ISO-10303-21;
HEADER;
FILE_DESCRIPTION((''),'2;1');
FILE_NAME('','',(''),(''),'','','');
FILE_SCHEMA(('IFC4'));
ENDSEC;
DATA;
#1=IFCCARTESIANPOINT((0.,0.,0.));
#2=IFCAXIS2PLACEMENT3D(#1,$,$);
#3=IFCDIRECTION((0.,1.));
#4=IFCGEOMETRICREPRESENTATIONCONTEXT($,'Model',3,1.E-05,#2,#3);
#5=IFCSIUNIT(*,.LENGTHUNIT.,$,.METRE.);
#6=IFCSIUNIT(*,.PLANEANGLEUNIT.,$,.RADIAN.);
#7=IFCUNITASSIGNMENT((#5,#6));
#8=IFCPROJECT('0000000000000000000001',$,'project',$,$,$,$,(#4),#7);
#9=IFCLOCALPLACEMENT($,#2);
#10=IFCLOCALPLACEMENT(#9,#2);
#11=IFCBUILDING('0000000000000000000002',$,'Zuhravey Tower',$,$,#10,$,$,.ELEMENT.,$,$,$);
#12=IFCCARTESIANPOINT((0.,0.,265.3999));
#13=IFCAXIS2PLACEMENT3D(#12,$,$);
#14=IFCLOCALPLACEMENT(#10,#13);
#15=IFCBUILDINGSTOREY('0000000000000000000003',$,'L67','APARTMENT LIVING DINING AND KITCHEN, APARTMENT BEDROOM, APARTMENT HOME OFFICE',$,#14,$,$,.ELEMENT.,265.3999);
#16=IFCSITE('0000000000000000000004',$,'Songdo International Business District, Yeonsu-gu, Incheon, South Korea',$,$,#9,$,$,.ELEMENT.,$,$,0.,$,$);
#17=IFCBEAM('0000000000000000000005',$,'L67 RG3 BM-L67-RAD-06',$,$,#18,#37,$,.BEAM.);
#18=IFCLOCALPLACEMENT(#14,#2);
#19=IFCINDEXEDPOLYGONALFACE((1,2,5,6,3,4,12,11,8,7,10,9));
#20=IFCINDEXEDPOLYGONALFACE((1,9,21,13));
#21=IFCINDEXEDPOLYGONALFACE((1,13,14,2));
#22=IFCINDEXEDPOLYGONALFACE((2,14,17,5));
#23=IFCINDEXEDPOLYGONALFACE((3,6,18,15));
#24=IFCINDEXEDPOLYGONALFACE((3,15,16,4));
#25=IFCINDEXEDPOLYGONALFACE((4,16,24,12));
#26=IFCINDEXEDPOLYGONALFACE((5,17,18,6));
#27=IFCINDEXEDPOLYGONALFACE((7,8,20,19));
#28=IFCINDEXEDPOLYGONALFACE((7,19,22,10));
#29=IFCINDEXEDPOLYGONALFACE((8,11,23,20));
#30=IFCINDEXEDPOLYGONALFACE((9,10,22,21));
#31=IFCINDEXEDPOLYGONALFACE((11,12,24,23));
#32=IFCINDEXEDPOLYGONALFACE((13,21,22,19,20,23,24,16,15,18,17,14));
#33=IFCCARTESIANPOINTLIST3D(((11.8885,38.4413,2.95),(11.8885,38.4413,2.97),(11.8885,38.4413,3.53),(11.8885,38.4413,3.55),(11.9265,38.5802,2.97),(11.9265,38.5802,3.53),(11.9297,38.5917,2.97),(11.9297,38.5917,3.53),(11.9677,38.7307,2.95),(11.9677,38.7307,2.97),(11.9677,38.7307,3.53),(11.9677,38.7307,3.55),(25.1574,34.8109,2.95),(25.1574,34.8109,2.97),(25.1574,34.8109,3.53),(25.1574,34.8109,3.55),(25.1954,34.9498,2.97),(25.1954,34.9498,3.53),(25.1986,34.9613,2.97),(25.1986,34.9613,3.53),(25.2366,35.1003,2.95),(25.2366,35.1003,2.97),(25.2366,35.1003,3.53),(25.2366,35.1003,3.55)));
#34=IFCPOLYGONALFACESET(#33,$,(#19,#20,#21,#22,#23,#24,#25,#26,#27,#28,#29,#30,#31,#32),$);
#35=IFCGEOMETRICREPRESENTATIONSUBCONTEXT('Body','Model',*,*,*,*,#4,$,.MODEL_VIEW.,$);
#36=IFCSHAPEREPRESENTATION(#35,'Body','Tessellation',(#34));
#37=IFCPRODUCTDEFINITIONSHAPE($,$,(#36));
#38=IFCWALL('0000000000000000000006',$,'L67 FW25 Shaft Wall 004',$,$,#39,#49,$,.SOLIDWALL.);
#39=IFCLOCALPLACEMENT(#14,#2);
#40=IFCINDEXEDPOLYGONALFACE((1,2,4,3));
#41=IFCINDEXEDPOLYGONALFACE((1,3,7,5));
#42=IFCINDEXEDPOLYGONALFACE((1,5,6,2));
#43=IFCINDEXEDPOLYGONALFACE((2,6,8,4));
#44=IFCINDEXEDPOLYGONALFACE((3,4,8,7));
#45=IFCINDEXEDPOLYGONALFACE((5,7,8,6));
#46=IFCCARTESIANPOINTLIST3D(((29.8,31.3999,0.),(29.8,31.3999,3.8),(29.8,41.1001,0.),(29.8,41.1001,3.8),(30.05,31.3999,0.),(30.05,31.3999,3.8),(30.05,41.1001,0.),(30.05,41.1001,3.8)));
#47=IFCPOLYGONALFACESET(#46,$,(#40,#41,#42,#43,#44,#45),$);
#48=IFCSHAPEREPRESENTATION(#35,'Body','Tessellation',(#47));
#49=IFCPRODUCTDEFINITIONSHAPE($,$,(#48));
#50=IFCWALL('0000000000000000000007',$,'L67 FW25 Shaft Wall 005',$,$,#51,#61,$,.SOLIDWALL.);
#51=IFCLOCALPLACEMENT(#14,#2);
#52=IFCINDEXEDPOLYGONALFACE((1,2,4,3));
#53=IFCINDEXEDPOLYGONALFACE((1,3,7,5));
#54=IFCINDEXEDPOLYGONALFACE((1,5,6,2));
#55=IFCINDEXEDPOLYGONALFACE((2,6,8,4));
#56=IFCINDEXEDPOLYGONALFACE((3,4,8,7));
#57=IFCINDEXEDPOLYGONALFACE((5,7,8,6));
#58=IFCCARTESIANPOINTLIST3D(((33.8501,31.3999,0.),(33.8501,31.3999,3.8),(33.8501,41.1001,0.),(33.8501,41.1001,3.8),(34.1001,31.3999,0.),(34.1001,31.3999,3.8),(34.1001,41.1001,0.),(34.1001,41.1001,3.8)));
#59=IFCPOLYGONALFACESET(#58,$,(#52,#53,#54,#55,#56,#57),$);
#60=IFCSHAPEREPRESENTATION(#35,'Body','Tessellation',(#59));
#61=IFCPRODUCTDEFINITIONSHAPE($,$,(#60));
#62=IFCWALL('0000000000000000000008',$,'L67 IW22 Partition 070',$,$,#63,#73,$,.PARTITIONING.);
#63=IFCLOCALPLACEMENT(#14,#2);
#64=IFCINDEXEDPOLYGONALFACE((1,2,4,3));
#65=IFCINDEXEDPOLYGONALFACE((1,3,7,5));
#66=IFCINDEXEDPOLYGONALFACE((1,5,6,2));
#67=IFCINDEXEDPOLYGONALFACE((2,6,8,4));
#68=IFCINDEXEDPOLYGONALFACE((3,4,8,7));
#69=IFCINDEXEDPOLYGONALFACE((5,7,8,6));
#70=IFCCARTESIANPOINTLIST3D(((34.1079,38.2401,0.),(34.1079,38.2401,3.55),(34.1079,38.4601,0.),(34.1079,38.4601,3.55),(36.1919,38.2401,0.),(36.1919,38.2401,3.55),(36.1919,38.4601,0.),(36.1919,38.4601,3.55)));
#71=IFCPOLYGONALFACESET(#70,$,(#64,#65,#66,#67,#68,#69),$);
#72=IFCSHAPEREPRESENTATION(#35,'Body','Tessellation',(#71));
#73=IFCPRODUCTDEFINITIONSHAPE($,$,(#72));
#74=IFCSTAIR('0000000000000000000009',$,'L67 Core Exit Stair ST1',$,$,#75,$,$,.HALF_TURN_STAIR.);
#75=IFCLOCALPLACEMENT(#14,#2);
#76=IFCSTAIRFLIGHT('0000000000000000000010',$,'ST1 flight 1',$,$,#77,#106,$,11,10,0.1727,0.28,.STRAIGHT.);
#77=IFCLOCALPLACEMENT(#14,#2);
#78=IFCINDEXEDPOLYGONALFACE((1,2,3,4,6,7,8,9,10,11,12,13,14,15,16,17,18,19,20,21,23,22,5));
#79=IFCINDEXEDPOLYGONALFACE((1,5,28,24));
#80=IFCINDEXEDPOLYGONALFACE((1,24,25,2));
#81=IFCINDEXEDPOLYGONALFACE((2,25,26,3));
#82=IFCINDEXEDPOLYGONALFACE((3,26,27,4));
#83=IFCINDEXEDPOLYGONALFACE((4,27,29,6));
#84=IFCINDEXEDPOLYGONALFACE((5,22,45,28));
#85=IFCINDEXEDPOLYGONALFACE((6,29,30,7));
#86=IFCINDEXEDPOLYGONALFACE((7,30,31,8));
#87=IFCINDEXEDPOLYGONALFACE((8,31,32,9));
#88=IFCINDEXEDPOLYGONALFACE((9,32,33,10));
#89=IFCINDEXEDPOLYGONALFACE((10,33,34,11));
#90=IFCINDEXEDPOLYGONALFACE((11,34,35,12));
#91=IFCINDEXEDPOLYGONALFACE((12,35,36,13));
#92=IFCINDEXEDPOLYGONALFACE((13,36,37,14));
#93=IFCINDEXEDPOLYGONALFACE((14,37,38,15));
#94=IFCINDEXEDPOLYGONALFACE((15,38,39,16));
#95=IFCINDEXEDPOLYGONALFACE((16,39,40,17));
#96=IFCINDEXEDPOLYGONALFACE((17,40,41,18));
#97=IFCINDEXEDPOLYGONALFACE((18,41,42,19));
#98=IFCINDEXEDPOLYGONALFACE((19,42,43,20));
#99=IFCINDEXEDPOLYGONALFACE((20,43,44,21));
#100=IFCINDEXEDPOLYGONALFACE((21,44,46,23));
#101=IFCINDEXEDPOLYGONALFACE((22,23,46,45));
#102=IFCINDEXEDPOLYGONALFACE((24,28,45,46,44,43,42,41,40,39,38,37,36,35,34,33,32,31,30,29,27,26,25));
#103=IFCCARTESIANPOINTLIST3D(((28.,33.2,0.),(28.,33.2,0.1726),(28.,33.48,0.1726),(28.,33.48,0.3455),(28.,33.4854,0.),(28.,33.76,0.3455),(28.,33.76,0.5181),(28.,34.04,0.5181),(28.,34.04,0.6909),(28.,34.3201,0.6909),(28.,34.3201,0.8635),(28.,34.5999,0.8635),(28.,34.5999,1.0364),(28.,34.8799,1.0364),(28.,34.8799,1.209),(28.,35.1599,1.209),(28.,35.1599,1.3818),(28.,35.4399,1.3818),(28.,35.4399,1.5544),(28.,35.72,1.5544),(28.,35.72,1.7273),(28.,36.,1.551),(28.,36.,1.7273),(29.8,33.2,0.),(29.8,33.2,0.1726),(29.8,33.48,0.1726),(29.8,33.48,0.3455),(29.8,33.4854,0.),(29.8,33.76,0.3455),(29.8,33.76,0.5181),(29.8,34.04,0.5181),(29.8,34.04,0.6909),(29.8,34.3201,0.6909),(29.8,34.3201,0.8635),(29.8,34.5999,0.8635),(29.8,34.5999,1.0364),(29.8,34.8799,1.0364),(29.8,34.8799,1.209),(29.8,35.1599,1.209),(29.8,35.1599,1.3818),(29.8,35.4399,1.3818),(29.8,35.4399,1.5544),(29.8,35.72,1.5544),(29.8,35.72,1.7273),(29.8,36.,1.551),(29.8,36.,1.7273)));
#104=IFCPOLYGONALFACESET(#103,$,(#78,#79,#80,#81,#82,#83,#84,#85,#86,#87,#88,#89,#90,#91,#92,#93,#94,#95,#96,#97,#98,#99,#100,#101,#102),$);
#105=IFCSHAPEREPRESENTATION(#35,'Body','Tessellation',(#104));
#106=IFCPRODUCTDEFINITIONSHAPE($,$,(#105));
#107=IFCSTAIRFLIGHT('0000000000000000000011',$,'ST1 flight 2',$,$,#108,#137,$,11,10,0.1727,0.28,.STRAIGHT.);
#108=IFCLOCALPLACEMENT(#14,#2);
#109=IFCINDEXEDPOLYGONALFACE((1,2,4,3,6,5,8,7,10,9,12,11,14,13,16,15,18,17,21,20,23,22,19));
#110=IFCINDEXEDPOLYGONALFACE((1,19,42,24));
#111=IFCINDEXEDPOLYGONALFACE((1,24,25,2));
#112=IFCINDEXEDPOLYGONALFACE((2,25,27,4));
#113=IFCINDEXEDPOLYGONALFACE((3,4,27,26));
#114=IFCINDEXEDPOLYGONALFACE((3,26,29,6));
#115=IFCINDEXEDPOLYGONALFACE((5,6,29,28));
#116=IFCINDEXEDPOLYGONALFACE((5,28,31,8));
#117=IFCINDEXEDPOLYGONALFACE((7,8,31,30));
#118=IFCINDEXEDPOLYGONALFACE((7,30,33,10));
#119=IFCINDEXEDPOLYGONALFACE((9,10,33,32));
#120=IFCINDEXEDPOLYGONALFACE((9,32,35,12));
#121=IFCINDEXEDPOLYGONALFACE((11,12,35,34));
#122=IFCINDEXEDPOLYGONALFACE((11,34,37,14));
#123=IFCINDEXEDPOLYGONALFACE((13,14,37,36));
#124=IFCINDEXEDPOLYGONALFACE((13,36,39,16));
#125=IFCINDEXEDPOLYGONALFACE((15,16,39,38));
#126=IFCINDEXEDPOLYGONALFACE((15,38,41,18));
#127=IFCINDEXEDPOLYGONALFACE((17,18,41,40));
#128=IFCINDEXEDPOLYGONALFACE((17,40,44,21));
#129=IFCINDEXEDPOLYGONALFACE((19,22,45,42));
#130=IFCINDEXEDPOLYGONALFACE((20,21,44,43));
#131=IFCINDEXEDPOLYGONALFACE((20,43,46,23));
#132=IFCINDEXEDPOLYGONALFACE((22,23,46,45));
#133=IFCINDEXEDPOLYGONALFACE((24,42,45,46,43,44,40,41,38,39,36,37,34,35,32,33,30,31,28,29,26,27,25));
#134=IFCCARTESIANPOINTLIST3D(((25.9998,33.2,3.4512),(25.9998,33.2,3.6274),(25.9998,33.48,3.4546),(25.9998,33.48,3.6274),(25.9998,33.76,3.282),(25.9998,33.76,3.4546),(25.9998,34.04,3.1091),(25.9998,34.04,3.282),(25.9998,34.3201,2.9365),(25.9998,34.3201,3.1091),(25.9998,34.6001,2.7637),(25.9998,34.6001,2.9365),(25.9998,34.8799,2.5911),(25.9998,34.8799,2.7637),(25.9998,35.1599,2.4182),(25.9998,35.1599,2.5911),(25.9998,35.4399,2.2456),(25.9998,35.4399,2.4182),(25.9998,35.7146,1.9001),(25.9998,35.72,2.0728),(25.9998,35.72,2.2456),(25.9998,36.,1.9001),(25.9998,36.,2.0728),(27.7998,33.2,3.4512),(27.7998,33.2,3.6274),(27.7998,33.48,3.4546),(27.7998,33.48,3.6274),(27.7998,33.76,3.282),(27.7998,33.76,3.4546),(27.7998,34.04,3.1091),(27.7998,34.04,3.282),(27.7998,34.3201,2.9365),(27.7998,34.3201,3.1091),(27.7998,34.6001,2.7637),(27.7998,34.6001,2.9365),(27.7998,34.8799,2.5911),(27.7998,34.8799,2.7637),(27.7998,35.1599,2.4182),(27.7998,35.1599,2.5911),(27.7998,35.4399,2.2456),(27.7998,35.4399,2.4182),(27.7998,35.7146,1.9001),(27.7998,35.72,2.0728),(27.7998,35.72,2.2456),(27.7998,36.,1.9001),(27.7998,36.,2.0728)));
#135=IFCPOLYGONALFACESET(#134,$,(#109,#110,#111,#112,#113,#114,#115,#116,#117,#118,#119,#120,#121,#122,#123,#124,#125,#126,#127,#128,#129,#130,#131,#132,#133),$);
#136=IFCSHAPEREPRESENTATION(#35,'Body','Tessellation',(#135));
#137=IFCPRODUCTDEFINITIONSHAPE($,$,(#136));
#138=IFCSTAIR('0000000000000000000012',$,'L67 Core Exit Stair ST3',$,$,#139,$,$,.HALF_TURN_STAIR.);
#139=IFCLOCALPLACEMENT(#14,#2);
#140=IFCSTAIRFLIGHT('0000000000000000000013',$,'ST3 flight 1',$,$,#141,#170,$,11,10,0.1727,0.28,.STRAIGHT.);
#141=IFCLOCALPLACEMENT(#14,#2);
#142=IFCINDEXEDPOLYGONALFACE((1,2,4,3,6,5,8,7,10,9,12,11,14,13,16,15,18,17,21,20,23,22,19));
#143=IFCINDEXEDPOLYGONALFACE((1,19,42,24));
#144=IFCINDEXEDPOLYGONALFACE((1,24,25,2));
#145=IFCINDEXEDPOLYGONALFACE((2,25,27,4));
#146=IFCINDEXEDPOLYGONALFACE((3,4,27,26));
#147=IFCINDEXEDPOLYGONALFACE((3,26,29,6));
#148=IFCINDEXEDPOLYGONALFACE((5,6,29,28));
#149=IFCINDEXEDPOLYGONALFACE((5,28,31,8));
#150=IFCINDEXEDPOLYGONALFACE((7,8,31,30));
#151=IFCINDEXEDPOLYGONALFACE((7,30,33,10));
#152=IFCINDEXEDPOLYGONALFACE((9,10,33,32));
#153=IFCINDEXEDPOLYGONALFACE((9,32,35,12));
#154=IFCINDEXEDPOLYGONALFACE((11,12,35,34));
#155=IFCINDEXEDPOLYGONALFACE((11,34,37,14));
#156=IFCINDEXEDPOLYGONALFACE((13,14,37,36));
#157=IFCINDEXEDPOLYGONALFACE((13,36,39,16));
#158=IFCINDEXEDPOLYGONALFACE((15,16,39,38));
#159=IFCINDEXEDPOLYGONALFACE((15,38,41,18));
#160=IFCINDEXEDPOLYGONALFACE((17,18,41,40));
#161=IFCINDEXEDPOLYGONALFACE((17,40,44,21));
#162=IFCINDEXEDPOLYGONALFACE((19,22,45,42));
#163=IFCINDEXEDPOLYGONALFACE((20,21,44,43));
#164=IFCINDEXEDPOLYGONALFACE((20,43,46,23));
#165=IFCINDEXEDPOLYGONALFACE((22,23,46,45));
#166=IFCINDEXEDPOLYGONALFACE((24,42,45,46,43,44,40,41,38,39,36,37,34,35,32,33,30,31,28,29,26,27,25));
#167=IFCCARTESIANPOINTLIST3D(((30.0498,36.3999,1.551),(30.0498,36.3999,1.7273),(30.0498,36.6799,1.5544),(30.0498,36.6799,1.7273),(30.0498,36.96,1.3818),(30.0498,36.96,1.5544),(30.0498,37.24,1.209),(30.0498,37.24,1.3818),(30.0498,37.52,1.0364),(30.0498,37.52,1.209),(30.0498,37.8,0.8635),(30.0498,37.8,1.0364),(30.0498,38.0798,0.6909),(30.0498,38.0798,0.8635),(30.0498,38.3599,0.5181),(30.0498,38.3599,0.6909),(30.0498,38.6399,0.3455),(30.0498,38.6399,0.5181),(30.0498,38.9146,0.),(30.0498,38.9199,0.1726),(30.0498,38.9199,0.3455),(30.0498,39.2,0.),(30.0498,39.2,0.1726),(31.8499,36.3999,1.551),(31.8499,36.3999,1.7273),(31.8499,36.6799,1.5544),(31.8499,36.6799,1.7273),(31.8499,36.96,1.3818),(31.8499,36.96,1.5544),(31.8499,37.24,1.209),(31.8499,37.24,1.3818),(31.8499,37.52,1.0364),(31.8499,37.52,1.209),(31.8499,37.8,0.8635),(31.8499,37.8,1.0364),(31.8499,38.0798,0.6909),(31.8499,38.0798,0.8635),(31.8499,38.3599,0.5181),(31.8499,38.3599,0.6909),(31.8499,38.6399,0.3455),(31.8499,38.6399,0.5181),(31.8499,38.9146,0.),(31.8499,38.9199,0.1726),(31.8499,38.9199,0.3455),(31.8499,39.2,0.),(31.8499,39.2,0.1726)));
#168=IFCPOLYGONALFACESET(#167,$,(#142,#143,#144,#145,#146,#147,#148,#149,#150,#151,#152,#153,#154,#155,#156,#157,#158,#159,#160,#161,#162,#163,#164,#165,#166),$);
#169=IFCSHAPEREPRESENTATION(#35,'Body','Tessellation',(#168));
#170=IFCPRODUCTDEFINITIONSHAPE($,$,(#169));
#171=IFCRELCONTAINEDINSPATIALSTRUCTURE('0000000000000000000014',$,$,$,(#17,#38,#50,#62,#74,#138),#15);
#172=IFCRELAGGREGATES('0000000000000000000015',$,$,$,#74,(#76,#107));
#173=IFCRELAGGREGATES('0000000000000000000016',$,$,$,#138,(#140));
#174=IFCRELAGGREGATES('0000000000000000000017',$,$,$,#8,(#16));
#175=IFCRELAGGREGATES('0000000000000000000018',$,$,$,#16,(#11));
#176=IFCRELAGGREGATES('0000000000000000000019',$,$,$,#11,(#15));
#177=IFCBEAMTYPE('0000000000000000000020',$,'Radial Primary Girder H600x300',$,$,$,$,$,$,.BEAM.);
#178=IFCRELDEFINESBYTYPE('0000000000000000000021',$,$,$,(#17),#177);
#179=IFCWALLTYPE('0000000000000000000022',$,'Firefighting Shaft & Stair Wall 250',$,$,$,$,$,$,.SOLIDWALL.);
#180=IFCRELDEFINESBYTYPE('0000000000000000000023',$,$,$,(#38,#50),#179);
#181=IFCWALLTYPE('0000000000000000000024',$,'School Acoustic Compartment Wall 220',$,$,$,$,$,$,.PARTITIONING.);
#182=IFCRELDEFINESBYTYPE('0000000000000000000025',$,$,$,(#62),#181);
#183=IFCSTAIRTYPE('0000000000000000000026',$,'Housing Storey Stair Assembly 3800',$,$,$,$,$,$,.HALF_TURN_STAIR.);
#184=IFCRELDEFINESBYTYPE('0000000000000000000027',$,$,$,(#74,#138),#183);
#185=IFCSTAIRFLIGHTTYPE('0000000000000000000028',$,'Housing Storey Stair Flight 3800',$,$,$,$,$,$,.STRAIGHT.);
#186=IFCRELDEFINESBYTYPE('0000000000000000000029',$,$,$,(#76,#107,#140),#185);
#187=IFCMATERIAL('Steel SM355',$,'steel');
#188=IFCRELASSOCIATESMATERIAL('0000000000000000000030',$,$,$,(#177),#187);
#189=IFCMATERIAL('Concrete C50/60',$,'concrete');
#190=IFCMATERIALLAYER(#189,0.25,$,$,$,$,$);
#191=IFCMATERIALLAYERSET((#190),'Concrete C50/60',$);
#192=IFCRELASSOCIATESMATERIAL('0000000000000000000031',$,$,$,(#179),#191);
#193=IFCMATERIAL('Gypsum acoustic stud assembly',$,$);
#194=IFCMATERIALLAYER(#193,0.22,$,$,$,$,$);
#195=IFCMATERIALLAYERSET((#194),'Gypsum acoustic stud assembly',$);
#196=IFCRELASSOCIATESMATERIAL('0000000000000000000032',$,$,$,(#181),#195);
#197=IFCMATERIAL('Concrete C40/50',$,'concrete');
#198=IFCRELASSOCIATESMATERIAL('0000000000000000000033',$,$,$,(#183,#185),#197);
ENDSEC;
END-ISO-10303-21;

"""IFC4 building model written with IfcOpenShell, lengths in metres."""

from ifc_helpers import new_model, si_unit, direction, frame, frame_2d, origin, origin_2d, place, context, subcontext, project, spatial, polyline, rectangle, i_section, outline, extrude, material, layer, layer_set, material_profile, profile_set, type_object, element, aggregate, save


model = new_model("IFC4")

# Units and contexts
model_context = context("Model", 3, precision=1e-05, world=origin(), true_north=direction((0.0, 1.0)))
body_context = subcontext(model_context, "Body", "Model", "MODEL_VIEW")
ifc_project = project(units=[si_unit("LENGTHUNIT", "METRE"), si_unit("PLANEANGLEUNIT", "RADIAN")], contexts=[model_context])

# Site, building, storey
site_placement = place(None, origin())
site = spatial("IfcSite", under=ifc_project, at=site_placement, Name="Songdo International Business District, Yeonsu-gu, Incheon, South Korea", CompositionType="ELEMENT", RefElevation=0.0)
building_placement = place(site_placement, origin())
building = spatial("IfcBuilding", under=site, at=building_placement, Name="Zuhravey Tower", CompositionType="ELEMENT")
storey_placement = place(building_placement, frame((0.0, 0.0, 265.3999)))
storey = spatial("IfcBuildingStorey", under=building, at=storey_placement, Name="L67", Description="APARTMENT LIVING DINING AND KITCHEN, APARTMENT BEDROOM, APARTMENT HOME OFFICE", CompositionType="ELEMENT", Elevation=265.3999)

# Beam
ifc_material_1 = material(Name="Steel SM355", Category="steel")
ifc_material_profile = material_profile(ifc_material_1, i_section(OverallWidth=0.3, OverallDepth=0.6001, WebThickness=0.012, FlangeThickness=0.02, at=origin_2d()), Name="H-600x300x12x20")
ifc_profile_set = profile_set([ifc_material_profile], Name="Steel SM355")
beam_type = type_object("IfcBeamType", Name="Radial Primary Girder H600x300", PredefinedType="BEAM", material=ifc_profile_set)
beam_placement = place(storey_placement, frame((25.197, 34.9556, 3.25), z_axis=(-0.964549, 0.263903, 0.0), x_axis=(-0.263903, -0.964549, 0.0)))
element("IfcBeam", 1, at=beam_placement, inside=storey, type_object=beam_type, Name="L67 RG3 BM-L67-RAD-06", PredefinedType="BEAM", context=body_context, shape_type="SweptSolid", body=[
    extrude(i_section(OverallWidth=0.3, OverallDepth=0.6001, WebThickness=0.012, FlangeThickness=0.02, at=origin_2d()), origin(), (0.0, 0.0, 1.0), 13.7566),
])

# Shared definitions
ifc_material_2 = material(Name="Concrete C50/60", Category="concrete")
ifc_layer_1 = layer(ifc_material_2, 0.25)
ifc_layer_set_1 = layer_set([ifc_layer_1], Name="Concrete C50/60")
wall_type_1 = type_object("IfcWallType", Name="Firefighting Shaft & Stair Wall 250", PredefinedType="SOLIDWALL", material=ifc_layer_set_1)

# Walls
for number, where, z_axis, x_axis, name in (
    (2, (29.925, 31.3999, 0.0), (0.0, 0.0, 1.0), (0.0, 1.0, 0.0), "L67 FW25 Shaft Wall 004"),
    (3, (33.9751, 31.3999, 0.0), (0.0, 0.0, 1.0), (0.0, 1.0, 0.0), "L67 FW25 Shaft Wall 005"),
):
    element("IfcWall", number, at=place(storey_placement, frame(where, z_axis=z_axis, x_axis=x_axis)), inside=storey, type_object=wall_type_1, Name=name, PredefinedType="SOLIDWALL", context=body_context, shape_type="SweptSolid", body=[
        extrude(rectangle(XDim=9.7002, YDim=0.25, at=frame_2d((4.8501, 0.0))), origin(), (0.0, 0.0, 1.0), 3.8),
    ])
ifc_material_3 = material(Name="Gypsum acoustic stud assembly")
ifc_layer_2 = layer(ifc_material_3, 0.22)
ifc_layer_set_2 = layer_set([ifc_layer_2], Name="Gypsum acoustic stud assembly")
wall_type_2 = type_object("IfcWallType", Name="School Acoustic Compartment Wall 220", PredefinedType="PARTITIONING", material=ifc_layer_set_2)
wall_1_placement = place(storey_placement, frame((34.1079, 38.3501, 0.0), z_axis=(0.0, 0.0, 1.0), x_axis=(1.0, 0.0, 0.0)))
element("IfcWall", 4, at=wall_1_placement, inside=storey, type_object=wall_type_2, Name="L67 IW22 Partition 070", PredefinedType="PARTITIONING", context=body_context, shape_type="SweptSolid", body=[
    extrude(rectangle(XDim=2.084, YDim=0.22, at=frame_2d((1.042, 0.0))), origin(), (0.0, 0.0, 1.0), 3.55),
])

# Stairs, stair flights
ifc_material_4 = material(Name="Concrete C40/50", Category="concrete")
stair_type = type_object("IfcStairType", Name="Housing Storey Stair Assembly 3800", PredefinedType="HALF_TURN_STAIR", material=ifc_material_4)
stair_1_placement = place(storey_placement, origin())
stair_1 = element("IfcStair", 5, at=stair_1_placement, inside=storey, type_object=stair_type, Name="L67 Core Exit Stair ST1", PredefinedType="HALF_TURN_STAIR")
stair_flight_type = type_object("IfcStairFlightType", Name="Housing Storey Stair Flight 3800", PredefinedType="STRAIGHT", material=ifc_material_4)
stair_flight_1_placement = place(storey_placement, frame((28.8999, 33.2, 0.0), z_axis=(0.0, 0.0, 1.0), x_axis=(0.0, 1.0, 0.0)))
stair_flight_1 = element("IfcStairFlight", 6, at=stair_flight_1_placement, type_object=stair_flight_type, Name="ST1 flight 1", NumberOfRisers=11, NumberOfTreads=10, PredefinedType="STRAIGHT", RiserHeight=0.1727, TreadLength=0.28, context=body_context, shape_type="SweptSolid", body=[
    extrude(outline(polyline([(0.0, 0.0), (0.0, 0.1726), (0.28, 0.1726), (0.28, 0.3455), (0.5601, 0.3455), (0.5601, 0.5181), (0.8401, 0.5181), (0.8401, 0.6909), (1.1201, 0.6909), (1.1201, 0.8635), (1.3999, 0.8635), (1.3999, 1.0364), (1.6799, 1.0364), (1.6799, 1.209), (1.96, 1.209), (1.96, 1.3818), (2.24, 1.3818), (2.24, 1.5544), (2.52, 1.5544), (2.52, 1.7273), (2.8, 1.7273), (2.8, 1.8999), (2.8, 1.551), (0.2854, 0.0), (0.0, 0.0)])), frame((0.0, 0.8999, 0.0), z_axis=(0.0, -1.0, 0.0), x_axis=(1.0, 0.0, 0.0)), (0.0, 0.0, 1.0), 1.8),
])
stair_flight_2_placement = place(storey_placement, frame((26.8999, 36.0, 1.9001), z_axis=(0.0, 0.0, 1.0), x_axis=(0.0, -1.0, 0.0)))
stair_flight_2 = element("IfcStairFlight", 7, at=stair_flight_2_placement, type_object=stair_flight_type, Name="ST1 flight 2", NumberOfRisers=11, NumberOfTreads=10, PredefinedType="STRAIGHT", RiserHeight=0.1727, TreadLength=0.28, context=body_context, shape_type="SweptSolid", body=[
    extrude(outline(polyline([(0.0, 0.0), (0.0, 0.1726), (0.28, 0.1726), (0.28, 0.3455), (0.5601, 0.3455), (0.5601, 0.5181), (0.8401, 0.5181), (0.8401, 0.6909), (1.1201, 0.6909), (1.1201, 0.8635), (1.3999, 0.8635), (1.3999, 1.0364), (1.6799, 1.0364), (1.6799, 1.209), (1.96, 1.209), (1.96, 1.3818), (2.24, 1.3818), (2.24, 1.5544), (2.52, 1.5544), (2.52, 1.7273), (2.8, 1.7273), (2.8, 1.8999), (2.8, 1.551), (0.2854, 0.0), (0.0, 0.0)])), frame((0.0, 0.8999, 0.0), z_axis=(0.0, -1.0, 0.0), x_axis=(1.0, 0.0, 0.0)), (0.0, 0.0, 1.0), 1.8),
])
aggregate(stair_1, [stair_flight_1, stair_flight_2])
stair_2_placement = place(storey_placement, origin())
stair_2 = element("IfcStair", 8, at=stair_2_placement, inside=storey, type_object=stair_type, Name="L67 Core Exit Stair ST3", PredefinedType="HALF_TURN_STAIR")
stair_flight_3_placement = place(storey_placement, frame((30.95, 39.2, 0.0), z_axis=(0.0, 0.0, 1.0), x_axis=(0.0, -1.0, 0.0)))
stair_flight_3 = element("IfcStairFlight", 9, at=stair_flight_3_placement, type_object=stair_flight_type, Name="ST3 flight 1", NumberOfRisers=11, NumberOfTreads=10, PredefinedType="STRAIGHT", RiserHeight=0.1727, TreadLength=0.28, context=body_context, shape_type="SweptSolid", body=[
    extrude(outline(polyline([(0.0, 0.0), (0.0, 0.1726), (0.28, 0.1726), (0.28, 0.3455), (0.5601, 0.3455), (0.5601, 0.5181), (0.8401, 0.5181), (0.8401, 0.6909), (1.1201, 0.6909), (1.1201, 0.8635), (1.3999, 0.8635), (1.3999, 1.0364), (1.6799, 1.0364), (1.6799, 1.209), (1.96, 1.209), (1.96, 1.3818), (2.24, 1.3818), (2.24, 1.5544), (2.52, 1.5544), (2.52, 1.7273), (2.8, 1.7273), (2.8, 1.8999), (2.8, 1.551), (0.2854, 0.0), (0.0, 0.0)])), frame((0.0, 0.8999, 0.0), z_axis=(0.0, -1.0, 0.0), x_axis=(1.0, 0.0, 0.0)), (0.0, 0.0, 1.0), 1.8),
])
aggregate(stair_2, [stair_flight_3])

save(model, "model.ifc")
